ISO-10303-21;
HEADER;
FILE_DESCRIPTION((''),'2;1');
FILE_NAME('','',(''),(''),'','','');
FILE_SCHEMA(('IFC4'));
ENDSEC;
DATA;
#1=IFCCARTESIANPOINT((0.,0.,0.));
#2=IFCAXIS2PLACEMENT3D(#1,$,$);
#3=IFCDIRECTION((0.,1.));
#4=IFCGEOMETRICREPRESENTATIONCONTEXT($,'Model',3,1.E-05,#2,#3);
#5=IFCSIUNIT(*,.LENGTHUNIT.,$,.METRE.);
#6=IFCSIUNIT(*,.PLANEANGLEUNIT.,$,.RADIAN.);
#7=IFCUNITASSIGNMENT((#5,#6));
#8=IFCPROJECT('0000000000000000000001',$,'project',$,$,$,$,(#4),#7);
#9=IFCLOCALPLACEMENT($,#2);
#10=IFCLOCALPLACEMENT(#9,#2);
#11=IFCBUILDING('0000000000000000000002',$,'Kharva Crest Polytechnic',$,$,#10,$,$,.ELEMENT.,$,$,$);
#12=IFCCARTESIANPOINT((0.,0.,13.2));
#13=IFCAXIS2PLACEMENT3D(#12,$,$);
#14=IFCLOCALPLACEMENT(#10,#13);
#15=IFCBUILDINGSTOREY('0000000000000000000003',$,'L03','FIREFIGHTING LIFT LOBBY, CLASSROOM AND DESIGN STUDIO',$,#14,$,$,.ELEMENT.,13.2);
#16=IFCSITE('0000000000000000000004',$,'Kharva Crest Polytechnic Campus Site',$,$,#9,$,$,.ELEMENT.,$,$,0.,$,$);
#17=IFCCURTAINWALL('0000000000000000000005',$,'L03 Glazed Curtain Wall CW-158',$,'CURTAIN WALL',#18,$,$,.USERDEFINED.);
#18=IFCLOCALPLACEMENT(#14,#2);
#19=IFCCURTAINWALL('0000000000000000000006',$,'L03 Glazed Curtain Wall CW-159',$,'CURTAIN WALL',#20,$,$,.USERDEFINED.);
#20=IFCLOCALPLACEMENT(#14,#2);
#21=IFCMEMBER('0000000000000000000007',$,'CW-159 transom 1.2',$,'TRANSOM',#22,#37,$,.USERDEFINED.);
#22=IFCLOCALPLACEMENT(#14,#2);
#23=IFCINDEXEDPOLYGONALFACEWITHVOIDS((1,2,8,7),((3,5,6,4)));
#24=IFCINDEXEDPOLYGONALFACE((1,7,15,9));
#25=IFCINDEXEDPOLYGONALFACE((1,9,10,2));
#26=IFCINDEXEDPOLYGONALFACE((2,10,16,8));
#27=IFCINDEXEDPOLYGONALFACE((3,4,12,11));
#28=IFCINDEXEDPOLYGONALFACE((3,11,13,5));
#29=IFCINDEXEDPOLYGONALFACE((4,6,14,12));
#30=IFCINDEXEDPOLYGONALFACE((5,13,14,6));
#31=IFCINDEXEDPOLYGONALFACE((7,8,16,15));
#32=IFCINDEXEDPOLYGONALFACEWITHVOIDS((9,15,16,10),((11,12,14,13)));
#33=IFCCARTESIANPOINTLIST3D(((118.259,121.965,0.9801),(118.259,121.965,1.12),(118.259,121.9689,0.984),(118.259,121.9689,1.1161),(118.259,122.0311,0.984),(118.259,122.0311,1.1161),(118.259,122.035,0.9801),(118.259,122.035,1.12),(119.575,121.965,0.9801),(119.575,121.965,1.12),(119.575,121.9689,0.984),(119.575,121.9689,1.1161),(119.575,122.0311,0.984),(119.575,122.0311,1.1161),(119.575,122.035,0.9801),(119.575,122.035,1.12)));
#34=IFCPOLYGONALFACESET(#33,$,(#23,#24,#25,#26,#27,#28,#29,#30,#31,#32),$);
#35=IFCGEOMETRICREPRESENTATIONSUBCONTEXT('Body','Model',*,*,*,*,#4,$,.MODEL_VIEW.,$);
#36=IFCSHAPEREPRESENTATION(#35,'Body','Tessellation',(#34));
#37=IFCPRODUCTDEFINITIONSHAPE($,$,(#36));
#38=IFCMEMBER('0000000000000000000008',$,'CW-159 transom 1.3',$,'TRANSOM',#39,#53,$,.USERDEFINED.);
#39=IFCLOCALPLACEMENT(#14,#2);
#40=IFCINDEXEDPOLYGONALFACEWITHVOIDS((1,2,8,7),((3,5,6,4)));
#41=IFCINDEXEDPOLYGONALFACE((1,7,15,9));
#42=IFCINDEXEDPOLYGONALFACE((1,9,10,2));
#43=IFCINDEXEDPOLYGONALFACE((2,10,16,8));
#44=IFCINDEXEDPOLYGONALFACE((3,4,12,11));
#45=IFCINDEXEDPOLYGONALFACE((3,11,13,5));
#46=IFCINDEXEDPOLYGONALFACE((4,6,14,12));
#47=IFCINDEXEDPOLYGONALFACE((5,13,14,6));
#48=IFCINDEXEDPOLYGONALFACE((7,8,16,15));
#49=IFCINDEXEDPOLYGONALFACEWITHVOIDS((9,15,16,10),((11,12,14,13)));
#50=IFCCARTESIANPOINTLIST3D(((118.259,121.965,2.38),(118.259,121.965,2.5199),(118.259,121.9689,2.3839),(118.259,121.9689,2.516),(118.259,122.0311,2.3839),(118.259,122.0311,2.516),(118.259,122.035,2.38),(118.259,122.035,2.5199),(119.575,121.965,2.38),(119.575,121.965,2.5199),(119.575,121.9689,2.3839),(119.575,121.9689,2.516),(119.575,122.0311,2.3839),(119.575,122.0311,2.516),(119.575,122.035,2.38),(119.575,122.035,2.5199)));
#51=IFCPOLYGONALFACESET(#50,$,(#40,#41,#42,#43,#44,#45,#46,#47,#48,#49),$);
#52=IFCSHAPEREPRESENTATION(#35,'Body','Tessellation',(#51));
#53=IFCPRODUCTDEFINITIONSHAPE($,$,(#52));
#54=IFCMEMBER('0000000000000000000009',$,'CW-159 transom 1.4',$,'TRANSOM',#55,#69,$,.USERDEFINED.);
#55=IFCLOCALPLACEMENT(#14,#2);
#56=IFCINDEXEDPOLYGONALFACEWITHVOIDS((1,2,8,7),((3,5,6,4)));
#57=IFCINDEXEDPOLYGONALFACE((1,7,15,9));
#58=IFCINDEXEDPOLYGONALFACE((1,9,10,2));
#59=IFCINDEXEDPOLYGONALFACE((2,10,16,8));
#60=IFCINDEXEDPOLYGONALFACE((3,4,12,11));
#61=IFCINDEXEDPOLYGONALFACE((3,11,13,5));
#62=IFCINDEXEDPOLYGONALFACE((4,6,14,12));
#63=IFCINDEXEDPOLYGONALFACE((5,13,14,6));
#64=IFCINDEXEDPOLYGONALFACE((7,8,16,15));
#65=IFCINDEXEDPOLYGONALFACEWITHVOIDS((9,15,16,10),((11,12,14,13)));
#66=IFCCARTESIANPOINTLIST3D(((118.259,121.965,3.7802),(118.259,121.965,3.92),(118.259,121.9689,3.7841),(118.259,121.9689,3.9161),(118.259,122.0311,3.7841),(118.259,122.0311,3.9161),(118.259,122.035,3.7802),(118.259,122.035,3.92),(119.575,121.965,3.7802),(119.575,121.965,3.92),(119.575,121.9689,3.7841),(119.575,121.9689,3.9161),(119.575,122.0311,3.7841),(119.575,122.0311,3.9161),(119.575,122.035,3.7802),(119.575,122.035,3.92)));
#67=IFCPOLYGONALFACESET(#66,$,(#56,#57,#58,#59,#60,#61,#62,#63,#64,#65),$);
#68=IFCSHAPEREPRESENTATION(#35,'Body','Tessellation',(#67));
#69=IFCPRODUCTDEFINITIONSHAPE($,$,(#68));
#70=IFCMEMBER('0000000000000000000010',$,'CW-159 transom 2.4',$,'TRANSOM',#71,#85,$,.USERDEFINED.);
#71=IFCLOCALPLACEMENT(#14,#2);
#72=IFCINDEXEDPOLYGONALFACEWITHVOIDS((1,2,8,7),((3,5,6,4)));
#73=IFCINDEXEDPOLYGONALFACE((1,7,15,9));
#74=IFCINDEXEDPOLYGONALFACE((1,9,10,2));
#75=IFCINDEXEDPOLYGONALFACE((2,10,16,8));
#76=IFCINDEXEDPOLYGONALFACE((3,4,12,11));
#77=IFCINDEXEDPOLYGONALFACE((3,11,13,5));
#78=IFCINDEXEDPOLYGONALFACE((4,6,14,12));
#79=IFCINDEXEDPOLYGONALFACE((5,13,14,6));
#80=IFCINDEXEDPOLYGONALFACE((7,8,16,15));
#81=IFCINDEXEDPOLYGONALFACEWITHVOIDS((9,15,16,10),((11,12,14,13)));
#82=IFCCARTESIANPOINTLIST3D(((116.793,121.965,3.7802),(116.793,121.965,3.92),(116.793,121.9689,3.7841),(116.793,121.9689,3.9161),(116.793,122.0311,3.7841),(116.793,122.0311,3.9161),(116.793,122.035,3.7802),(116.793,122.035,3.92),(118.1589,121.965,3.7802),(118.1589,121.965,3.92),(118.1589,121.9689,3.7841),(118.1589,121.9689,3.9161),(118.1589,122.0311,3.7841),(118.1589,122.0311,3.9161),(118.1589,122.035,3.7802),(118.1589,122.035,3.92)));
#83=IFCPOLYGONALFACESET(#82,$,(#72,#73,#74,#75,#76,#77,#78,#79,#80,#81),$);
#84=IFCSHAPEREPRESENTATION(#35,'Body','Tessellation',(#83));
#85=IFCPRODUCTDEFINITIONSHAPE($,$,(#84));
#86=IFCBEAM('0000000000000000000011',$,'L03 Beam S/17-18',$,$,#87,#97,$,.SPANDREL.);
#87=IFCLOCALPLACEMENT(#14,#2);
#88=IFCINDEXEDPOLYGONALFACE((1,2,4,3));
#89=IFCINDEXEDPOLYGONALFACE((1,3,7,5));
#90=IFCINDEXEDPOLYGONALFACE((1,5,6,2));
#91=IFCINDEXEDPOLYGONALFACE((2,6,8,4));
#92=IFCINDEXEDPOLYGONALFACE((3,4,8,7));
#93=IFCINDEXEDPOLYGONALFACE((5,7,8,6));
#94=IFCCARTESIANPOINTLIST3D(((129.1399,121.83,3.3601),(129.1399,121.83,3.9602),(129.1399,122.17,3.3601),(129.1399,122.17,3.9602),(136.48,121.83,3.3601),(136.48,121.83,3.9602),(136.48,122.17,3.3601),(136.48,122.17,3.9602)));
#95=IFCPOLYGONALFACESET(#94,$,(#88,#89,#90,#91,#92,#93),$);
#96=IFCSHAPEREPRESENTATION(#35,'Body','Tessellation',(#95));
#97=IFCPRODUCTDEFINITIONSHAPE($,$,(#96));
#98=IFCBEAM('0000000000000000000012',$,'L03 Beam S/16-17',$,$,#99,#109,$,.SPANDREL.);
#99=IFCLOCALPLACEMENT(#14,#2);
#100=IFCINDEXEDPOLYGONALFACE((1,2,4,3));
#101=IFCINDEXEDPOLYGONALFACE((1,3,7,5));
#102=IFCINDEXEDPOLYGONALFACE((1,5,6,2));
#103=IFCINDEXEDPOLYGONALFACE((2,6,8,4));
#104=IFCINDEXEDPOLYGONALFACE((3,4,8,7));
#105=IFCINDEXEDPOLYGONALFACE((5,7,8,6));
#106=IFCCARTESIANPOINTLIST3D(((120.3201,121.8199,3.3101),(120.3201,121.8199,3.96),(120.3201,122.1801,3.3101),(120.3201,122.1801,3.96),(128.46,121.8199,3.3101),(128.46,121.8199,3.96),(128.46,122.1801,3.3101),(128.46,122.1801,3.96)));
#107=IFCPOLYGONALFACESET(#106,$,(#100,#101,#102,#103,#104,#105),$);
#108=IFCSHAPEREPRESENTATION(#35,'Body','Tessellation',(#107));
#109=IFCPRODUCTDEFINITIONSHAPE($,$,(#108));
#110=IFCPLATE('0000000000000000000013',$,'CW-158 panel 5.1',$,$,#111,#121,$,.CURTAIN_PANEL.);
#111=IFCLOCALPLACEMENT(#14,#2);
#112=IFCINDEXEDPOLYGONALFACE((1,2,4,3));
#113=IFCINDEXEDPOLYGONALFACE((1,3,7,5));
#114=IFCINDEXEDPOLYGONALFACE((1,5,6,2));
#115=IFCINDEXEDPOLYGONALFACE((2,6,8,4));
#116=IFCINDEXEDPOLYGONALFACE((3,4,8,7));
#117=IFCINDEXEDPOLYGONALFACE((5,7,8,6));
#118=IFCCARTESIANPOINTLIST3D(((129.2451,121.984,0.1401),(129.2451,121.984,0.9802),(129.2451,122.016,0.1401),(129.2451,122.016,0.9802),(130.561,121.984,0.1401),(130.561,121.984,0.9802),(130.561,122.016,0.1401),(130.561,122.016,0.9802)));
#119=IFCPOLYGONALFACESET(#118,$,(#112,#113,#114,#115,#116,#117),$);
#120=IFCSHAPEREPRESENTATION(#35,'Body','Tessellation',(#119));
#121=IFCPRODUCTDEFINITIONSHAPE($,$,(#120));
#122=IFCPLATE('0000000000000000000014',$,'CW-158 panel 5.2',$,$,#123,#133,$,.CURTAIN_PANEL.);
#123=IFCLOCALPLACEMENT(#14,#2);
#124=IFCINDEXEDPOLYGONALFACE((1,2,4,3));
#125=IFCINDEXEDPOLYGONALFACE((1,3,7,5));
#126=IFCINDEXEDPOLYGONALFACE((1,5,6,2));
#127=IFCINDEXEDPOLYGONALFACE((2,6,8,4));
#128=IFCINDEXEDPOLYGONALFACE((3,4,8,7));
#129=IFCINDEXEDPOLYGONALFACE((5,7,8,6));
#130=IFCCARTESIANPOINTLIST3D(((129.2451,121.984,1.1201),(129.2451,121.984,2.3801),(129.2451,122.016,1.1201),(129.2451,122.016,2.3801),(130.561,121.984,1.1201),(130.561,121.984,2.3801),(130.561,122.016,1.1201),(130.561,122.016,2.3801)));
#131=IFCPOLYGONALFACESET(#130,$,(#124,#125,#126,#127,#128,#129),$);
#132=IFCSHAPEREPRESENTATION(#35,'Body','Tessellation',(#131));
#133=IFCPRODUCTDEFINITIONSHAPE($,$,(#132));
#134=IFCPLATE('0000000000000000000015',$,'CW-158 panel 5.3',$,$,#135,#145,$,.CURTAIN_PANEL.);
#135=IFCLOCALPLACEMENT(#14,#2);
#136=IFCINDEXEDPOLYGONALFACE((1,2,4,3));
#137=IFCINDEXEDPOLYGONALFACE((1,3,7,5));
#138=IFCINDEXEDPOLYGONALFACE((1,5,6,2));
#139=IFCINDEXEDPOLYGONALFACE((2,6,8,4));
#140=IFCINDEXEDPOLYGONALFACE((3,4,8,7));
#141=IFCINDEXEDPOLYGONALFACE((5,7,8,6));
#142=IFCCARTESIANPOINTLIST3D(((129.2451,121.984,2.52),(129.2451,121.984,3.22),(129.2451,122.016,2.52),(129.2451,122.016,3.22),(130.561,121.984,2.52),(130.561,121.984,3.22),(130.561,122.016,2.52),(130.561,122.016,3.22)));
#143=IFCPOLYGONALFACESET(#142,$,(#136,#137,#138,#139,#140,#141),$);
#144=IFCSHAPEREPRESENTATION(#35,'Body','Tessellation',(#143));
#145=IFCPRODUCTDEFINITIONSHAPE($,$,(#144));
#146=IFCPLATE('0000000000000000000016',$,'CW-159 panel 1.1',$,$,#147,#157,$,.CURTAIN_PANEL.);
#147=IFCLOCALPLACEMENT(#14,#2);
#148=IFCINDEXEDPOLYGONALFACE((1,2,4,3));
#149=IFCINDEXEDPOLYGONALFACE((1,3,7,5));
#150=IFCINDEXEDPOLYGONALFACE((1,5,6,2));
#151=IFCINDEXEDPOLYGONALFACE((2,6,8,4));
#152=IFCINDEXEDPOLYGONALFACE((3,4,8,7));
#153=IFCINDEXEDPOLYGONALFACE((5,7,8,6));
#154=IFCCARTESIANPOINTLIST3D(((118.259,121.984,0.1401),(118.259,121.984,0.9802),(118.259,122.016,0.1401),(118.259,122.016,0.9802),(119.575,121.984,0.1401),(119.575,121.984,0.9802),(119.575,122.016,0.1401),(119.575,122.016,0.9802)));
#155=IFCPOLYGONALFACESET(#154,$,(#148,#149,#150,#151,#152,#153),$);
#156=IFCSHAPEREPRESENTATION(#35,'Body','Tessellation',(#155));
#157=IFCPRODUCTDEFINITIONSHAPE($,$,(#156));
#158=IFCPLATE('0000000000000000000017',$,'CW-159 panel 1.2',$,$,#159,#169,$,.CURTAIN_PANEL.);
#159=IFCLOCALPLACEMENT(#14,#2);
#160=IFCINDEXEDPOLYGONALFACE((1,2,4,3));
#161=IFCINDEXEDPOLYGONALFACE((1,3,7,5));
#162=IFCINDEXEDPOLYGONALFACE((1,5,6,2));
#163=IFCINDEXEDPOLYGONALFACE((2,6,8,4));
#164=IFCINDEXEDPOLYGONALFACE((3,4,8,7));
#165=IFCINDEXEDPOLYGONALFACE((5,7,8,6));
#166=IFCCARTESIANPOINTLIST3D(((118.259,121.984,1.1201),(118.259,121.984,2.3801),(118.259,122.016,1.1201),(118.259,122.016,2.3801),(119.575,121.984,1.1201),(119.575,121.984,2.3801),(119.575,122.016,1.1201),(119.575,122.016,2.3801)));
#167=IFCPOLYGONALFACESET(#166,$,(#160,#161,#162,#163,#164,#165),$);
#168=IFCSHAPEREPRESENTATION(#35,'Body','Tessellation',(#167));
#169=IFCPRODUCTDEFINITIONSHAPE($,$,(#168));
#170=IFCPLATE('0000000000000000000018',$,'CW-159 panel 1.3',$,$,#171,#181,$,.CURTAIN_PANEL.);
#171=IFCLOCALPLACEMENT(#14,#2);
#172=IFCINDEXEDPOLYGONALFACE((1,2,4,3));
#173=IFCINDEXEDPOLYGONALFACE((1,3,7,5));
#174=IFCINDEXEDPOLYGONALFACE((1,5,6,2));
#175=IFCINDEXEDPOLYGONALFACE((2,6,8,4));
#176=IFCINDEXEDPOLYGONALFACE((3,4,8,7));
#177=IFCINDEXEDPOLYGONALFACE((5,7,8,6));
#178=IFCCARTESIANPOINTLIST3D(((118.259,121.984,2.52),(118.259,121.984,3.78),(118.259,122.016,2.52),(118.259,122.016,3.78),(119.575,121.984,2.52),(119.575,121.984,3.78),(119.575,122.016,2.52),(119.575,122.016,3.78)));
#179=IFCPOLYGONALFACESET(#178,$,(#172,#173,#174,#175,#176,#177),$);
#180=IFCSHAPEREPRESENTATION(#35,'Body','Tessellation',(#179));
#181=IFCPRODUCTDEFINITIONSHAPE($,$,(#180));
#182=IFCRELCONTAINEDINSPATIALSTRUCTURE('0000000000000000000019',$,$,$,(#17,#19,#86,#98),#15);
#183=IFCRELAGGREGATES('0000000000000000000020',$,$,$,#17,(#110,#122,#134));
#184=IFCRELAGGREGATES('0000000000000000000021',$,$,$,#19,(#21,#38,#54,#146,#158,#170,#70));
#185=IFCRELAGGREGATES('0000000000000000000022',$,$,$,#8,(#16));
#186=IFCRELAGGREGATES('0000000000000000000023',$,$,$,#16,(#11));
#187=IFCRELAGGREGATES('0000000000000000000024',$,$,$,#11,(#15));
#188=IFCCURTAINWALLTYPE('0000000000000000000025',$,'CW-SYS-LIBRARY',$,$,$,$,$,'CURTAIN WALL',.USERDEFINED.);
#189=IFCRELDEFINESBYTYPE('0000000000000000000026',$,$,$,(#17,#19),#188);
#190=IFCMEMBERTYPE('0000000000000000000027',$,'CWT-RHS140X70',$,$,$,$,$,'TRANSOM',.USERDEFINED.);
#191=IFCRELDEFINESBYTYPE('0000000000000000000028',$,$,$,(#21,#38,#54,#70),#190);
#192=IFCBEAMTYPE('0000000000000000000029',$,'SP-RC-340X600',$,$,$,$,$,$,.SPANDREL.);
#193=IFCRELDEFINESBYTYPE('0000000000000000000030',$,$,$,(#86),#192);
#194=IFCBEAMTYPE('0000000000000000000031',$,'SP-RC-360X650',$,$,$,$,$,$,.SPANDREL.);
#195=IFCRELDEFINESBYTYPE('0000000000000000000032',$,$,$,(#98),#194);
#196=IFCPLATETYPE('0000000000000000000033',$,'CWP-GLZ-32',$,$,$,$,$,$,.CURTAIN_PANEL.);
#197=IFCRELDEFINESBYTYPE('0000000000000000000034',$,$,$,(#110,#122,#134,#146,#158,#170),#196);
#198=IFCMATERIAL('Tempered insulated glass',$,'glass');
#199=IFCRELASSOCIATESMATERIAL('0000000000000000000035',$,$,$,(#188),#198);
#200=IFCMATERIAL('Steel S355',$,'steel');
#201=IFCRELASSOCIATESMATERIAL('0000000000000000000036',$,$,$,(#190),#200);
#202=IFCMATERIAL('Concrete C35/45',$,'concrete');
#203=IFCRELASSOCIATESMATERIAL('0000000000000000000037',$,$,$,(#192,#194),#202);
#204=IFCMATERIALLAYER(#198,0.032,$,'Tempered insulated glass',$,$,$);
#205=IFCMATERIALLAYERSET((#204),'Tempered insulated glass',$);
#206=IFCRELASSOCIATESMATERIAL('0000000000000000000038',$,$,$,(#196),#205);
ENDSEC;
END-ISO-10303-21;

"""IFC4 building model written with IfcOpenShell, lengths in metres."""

from ifc_helpers import new_model, si_unit, direction, frame, origin, origin_2d, place, context, subcontext, project, spatial, rectangle, hollow_rectangle, extrude, material, layer, layer_set, material_profile, profile_set, type_object, element, aggregate, save


model = new_model("IFC4")

# Units and contexts
model_context = context("Model", 3, precision=1e-05, world=origin(), true_north=direction((0.0, 1.0)))
body_context = subcontext(model_context, "Body", "Model", "MODEL_VIEW")
ifc_project = project(units=[si_unit("LENGTHUNIT", "METRE"), si_unit("PLANEANGLEUNIT", "RADIAN")], contexts=[model_context])

# Site, building, storey
site_placement = place(None, origin())
site = spatial("IfcSite", under=ifc_project, at=site_placement, Name="Kharva Crest Polytechnic Campus Site", CompositionType="ELEMENT", RefElevation=0.0)
building_placement = place(site_placement, origin())
building = spatial("IfcBuilding", under=site, at=building_placement, Name="Kharva Crest Polytechnic", CompositionType="ELEMENT")
storey_placement = place(building_placement, frame((0.0, 0.0, 13.2)))
storey = spatial("IfcBuildingStorey", under=building, at=storey_placement, Name="L03", Description="FIREFIGHTING LIFT LOBBY, CLASSROOM AND DESIGN STUDIO", CompositionType="ELEMENT", Elevation=13.2)

# Curtain wall
ifc_material_1 = material(Name="Tempered insulated glass", Category="glass")
curtain_wall_type = type_object("IfcCurtainWallType", Name="CW-SYS-LIBRARY", ElementType="CURTAIN WALL", PredefinedType="USERDEFINED", material=ifc_material_1)
curtain_wall_1_placement = place(storey_placement, origin())
curtain_wall_1 = element("IfcCurtainWall", 1, at=curtain_wall_1_placement, inside=storey, type_object=curtain_wall_type, Name="L03 Glazed Curtain Wall CW-158", ObjectType="CURTAIN WALL", PredefinedType="USERDEFINED")
ifc_material_2 = material(Name="Steel S355", Category="steel")

# Curtain wall
curtain_wall_2_placement = place(storey_placement, origin())
curtain_wall_2 = element("IfcCurtainWall", 2, at=curtain_wall_2_placement, inside=storey, type_object=curtain_wall_type, Name="L03 Glazed Curtain Wall CW-159", ObjectType="CURTAIN WALL", PredefinedType="USERDEFINED")

# Members
ifc_material_profile_1 = material_profile(ifc_material_2, hollow_rectangle(XDim=0.0701, YDim=0.1399, WallThickness=0.0039, at=origin_2d()), Name="RHS 140X70X4.0")
ifc_profile_set_1 = profile_set([ifc_material_profile_1], Name="Steel S355")
member_type_1 = type_object("IfcMemberType", Name="CWT-RHS140X70", ElementType="TRANSOM", PredefinedType="USERDEFINED", material=ifc_profile_set_1)
member_1_placement = place(storey_placement, frame((119.575, 122.0, 1.05), z_axis=(-1.0, 0.0, 0.0), x_axis=(0.0, -1.0, 0.0)))
member_1 = element("IfcMember", 3, at=member_1_placement, type_object=member_type_1, Name="CW-159 transom 1.2", ObjectType="TRANSOM", PredefinedType="USERDEFINED", context=body_context, shape_type="SweptSolid", body=[
    extrude(hollow_rectangle(XDim=0.0701, YDim=0.1399, WallThickness=0.0039, at=origin_2d()), origin(), (0.0, 0.0, 1.0), 1.3159),
])
member_2_placement = place(storey_placement, frame((119.575, 122.0, 2.45), z_axis=(-1.0, 0.0, 0.0), x_axis=(0.0, -1.0, 0.0)))
member_2 = element("IfcMember", 4, at=member_2_placement, type_object=member_type_1, Name="CW-159 transom 1.3", ObjectType="TRANSOM", PredefinedType="USERDEFINED", context=body_context, shape_type="SweptSolid", body=[
    extrude(hollow_rectangle(XDim=0.0701, YDim=0.1399, WallThickness=0.0039, at=origin_2d()), origin(), (0.0, 0.0, 1.0), 1.3159),
])
member_3_placement = place(storey_placement, frame((119.575, 122.0, 3.8501), z_axis=(-1.0, 0.0, 0.0), x_axis=(0.0, -1.0, 0.0)))
member_3 = element("IfcMember", 5, at=member_3_placement, type_object=member_type_1, Name="CW-159 transom 1.4", ObjectType="TRANSOM", PredefinedType="USERDEFINED", context=body_context, shape_type="SweptSolid", body=[
    extrude(hollow_rectangle(XDim=0.0701, YDim=0.1399, WallThickness=0.0039, at=origin_2d()), origin(), (0.0, 0.0, 1.0), 1.3159),
])
member_4_placement = place(storey_placement, frame((118.1589, 122.0, 3.8501), z_axis=(-1.0, 0.0, 0.0), x_axis=(0.0, -1.0, 0.0)))
member_4 = element("IfcMember", 6, at=member_4_placement, type_object=member_type_1, Name="CW-159 transom 2.4", ObjectType="TRANSOM", PredefinedType="USERDEFINED", context=body_context, shape_type="SweptSolid", body=[
    extrude(hollow_rectangle(XDim=0.0701, YDim=0.1399, WallThickness=0.0039, at=origin_2d()), origin(), (0.0, 0.0, 1.0), 1.366),
])

# Beams
ifc_material_3 = material(Name="Concrete C35/45", Category="concrete")
ifc_material_profile_2 = material_profile(ifc_material_3, rectangle(XDim=0.3401, YDim=0.6001, at=origin_2d()), Name="RECT 340 X 600")
ifc_profile_set_2 = profile_set([ifc_material_profile_2], Name="Concrete C35/45")
beam_type_1 = type_object("IfcBeamType", Name="SP-RC-340X600", PredefinedType="SPANDREL", material=ifc_profile_set_2)
beam_1_placement = place(storey_placement, frame((129.1399, 122.0, 3.6602), z_axis=(1.0, 0.0, 0.0), x_axis=(0.0, 1.0, 0.0)))
element("IfcBeam", 7, at=beam_1_placement, inside=storey, type_object=beam_type_1, Name="L03 Beam S/17-18", PredefinedType="SPANDREL", context=body_context, shape_type="SweptSolid", body=[
    extrude(rectangle(XDim=0.3401, YDim=0.6001, at=origin_2d()), origin(), (0.0, 0.0, 1.0), 7.3401),
])
ifc_material_profile_3 = material_profile(ifc_material_3, rectangle(XDim=0.3601, YDim=0.6499, at=origin_2d()), Name="RECT 360 X 650")
ifc_profile_set_3 = profile_set([ifc_material_profile_3], Name="Concrete C35/45")
beam_type_2 = type_object("IfcBeamType", Name="SP-RC-360X650", PredefinedType="SPANDREL", material=ifc_profile_set_3)
beam_2_placement = place(storey_placement, frame((120.3201, 122.0, 3.635), z_axis=(1.0, 0.0, 0.0), x_axis=(0.0, 1.0, 0.0)))
element("IfcBeam", 8, at=beam_2_placement, inside=storey, type_object=beam_type_2, Name="L03 Beam S/16-17", PredefinedType="SPANDREL", context=body_context, shape_type="SweptSolid", body=[
    extrude(rectangle(XDim=0.3601, YDim=0.6499, at=origin_2d()), origin(), (0.0, 0.0, 1.0), 8.1399),
])

# Plates
ifc_layer_1 = layer(ifc_material_1, 0.032, Name="Tempered insulated glass")
ifc_layer_set_1 = layer_set([ifc_layer_1], Name="Tempered insulated glass")
plate_type = type_object("IfcPlateType", Name="CWP-GLZ-32", PredefinedType="CURTAIN_PANEL", material=ifc_layer_set_1)
plate_1_placement = place(storey_placement, frame((129.9031, 122.0, 0.1401), z_axis=(0.0, 0.0, 1.0), x_axis=(-1.0, 0.0, 0.0)))
plate_1 = element("IfcPlate", 9, at=plate_1_placement, type_object=plate_type, Name="CW-158 panel 5.1", PredefinedType="CURTAIN_PANEL", context=body_context, shape_type="SweptSolid", body=[
    extrude(rectangle(XDim=1.3159, YDim=0.032, at=origin_2d()), origin(), (0.0, 0.0, 1.0), 0.8401),
])
plate_2_placement = place(storey_placement, frame((129.9031, 122.0, 1.1201), z_axis=(0.0, 0.0, 1.0), x_axis=(-1.0, 0.0, 0.0)))
plate_2 = element("IfcPlate", 10, at=plate_2_placement, type_object=plate_type, Name="CW-158 panel 5.2", PredefinedType="CURTAIN_PANEL", context=body_context, shape_type="SweptSolid", body=[
    extrude(rectangle(XDim=1.3159, YDim=0.032, at=origin_2d()), origin(), (0.0, 0.0, 1.0), 1.26),
])
plate_3_placement = place(storey_placement, frame((129.9031, 122.0, 2.52), z_axis=(0.0, 0.0, 1.0), x_axis=(-1.0, 0.0, 0.0)))
plate_3 = element("IfcPlate", 11, at=plate_3_placement, type_object=plate_type, Name="CW-158 panel 5.3", PredefinedType="CURTAIN_PANEL", context=body_context, shape_type="SweptSolid", body=[
    extrude(rectangle(XDim=1.3159, YDim=0.032, at=origin_2d()), origin(), (0.0, 0.0, 1.0), 0.7),
])
aggregate(curtain_wall_1, [plate_1, plate_2, plate_3])
plate_4_placement = place(storey_placement, frame((118.917, 122.0, 0.1401), z_axis=(0.0, 0.0, 1.0), x_axis=(-1.0, 0.0, 0.0)))
plate_4 = element("IfcPlate", 12, at=plate_4_placement, type_object=plate_type, Name="CW-159 panel 1.1", PredefinedType="CURTAIN_PANEL", context=body_context, shape_type="SweptSolid", body=[
    extrude(rectangle(XDim=1.3159, YDim=0.032, at=origin_2d()), origin(), (0.0, 0.0, 1.0), 0.8401),
])
plate_5_placement = place(storey_placement, frame((118.917, 122.0, 1.1201), z_axis=(0.0, 0.0, 1.0), x_axis=(-1.0, 0.0, 0.0)))
plate_5 = element("IfcPlate", 13, at=plate_5_placement, type_object=plate_type, Name="CW-159 panel 1.2", PredefinedType="CURTAIN_PANEL", context=body_context, shape_type="SweptSolid", body=[
    extrude(rectangle(XDim=1.3159, YDim=0.032, at=origin_2d()), origin(), (0.0, 0.0, 1.0), 1.26),
])
plate_6_placement = place(storey_placement, frame((118.917, 122.0, 2.52), z_axis=(0.0, 0.0, 1.0), x_axis=(-1.0, 0.0, 0.0)))
plate_6 = element("IfcPlate", 14, at=plate_6_placement, type_object=plate_type, Name="CW-159 panel 1.3", PredefinedType="CURTAIN_PANEL", context=body_context, shape_type="SweptSolid", body=[
    extrude(rectangle(XDim=1.3159, YDim=0.032, at=origin_2d()), origin(), (0.0, 0.0, 1.0), 1.26),
])
aggregate(curtain_wall_2, [member_1, member_2, member_3, plate_4, plate_5, plate_6, member_4])

save(model, "model.ifc")
